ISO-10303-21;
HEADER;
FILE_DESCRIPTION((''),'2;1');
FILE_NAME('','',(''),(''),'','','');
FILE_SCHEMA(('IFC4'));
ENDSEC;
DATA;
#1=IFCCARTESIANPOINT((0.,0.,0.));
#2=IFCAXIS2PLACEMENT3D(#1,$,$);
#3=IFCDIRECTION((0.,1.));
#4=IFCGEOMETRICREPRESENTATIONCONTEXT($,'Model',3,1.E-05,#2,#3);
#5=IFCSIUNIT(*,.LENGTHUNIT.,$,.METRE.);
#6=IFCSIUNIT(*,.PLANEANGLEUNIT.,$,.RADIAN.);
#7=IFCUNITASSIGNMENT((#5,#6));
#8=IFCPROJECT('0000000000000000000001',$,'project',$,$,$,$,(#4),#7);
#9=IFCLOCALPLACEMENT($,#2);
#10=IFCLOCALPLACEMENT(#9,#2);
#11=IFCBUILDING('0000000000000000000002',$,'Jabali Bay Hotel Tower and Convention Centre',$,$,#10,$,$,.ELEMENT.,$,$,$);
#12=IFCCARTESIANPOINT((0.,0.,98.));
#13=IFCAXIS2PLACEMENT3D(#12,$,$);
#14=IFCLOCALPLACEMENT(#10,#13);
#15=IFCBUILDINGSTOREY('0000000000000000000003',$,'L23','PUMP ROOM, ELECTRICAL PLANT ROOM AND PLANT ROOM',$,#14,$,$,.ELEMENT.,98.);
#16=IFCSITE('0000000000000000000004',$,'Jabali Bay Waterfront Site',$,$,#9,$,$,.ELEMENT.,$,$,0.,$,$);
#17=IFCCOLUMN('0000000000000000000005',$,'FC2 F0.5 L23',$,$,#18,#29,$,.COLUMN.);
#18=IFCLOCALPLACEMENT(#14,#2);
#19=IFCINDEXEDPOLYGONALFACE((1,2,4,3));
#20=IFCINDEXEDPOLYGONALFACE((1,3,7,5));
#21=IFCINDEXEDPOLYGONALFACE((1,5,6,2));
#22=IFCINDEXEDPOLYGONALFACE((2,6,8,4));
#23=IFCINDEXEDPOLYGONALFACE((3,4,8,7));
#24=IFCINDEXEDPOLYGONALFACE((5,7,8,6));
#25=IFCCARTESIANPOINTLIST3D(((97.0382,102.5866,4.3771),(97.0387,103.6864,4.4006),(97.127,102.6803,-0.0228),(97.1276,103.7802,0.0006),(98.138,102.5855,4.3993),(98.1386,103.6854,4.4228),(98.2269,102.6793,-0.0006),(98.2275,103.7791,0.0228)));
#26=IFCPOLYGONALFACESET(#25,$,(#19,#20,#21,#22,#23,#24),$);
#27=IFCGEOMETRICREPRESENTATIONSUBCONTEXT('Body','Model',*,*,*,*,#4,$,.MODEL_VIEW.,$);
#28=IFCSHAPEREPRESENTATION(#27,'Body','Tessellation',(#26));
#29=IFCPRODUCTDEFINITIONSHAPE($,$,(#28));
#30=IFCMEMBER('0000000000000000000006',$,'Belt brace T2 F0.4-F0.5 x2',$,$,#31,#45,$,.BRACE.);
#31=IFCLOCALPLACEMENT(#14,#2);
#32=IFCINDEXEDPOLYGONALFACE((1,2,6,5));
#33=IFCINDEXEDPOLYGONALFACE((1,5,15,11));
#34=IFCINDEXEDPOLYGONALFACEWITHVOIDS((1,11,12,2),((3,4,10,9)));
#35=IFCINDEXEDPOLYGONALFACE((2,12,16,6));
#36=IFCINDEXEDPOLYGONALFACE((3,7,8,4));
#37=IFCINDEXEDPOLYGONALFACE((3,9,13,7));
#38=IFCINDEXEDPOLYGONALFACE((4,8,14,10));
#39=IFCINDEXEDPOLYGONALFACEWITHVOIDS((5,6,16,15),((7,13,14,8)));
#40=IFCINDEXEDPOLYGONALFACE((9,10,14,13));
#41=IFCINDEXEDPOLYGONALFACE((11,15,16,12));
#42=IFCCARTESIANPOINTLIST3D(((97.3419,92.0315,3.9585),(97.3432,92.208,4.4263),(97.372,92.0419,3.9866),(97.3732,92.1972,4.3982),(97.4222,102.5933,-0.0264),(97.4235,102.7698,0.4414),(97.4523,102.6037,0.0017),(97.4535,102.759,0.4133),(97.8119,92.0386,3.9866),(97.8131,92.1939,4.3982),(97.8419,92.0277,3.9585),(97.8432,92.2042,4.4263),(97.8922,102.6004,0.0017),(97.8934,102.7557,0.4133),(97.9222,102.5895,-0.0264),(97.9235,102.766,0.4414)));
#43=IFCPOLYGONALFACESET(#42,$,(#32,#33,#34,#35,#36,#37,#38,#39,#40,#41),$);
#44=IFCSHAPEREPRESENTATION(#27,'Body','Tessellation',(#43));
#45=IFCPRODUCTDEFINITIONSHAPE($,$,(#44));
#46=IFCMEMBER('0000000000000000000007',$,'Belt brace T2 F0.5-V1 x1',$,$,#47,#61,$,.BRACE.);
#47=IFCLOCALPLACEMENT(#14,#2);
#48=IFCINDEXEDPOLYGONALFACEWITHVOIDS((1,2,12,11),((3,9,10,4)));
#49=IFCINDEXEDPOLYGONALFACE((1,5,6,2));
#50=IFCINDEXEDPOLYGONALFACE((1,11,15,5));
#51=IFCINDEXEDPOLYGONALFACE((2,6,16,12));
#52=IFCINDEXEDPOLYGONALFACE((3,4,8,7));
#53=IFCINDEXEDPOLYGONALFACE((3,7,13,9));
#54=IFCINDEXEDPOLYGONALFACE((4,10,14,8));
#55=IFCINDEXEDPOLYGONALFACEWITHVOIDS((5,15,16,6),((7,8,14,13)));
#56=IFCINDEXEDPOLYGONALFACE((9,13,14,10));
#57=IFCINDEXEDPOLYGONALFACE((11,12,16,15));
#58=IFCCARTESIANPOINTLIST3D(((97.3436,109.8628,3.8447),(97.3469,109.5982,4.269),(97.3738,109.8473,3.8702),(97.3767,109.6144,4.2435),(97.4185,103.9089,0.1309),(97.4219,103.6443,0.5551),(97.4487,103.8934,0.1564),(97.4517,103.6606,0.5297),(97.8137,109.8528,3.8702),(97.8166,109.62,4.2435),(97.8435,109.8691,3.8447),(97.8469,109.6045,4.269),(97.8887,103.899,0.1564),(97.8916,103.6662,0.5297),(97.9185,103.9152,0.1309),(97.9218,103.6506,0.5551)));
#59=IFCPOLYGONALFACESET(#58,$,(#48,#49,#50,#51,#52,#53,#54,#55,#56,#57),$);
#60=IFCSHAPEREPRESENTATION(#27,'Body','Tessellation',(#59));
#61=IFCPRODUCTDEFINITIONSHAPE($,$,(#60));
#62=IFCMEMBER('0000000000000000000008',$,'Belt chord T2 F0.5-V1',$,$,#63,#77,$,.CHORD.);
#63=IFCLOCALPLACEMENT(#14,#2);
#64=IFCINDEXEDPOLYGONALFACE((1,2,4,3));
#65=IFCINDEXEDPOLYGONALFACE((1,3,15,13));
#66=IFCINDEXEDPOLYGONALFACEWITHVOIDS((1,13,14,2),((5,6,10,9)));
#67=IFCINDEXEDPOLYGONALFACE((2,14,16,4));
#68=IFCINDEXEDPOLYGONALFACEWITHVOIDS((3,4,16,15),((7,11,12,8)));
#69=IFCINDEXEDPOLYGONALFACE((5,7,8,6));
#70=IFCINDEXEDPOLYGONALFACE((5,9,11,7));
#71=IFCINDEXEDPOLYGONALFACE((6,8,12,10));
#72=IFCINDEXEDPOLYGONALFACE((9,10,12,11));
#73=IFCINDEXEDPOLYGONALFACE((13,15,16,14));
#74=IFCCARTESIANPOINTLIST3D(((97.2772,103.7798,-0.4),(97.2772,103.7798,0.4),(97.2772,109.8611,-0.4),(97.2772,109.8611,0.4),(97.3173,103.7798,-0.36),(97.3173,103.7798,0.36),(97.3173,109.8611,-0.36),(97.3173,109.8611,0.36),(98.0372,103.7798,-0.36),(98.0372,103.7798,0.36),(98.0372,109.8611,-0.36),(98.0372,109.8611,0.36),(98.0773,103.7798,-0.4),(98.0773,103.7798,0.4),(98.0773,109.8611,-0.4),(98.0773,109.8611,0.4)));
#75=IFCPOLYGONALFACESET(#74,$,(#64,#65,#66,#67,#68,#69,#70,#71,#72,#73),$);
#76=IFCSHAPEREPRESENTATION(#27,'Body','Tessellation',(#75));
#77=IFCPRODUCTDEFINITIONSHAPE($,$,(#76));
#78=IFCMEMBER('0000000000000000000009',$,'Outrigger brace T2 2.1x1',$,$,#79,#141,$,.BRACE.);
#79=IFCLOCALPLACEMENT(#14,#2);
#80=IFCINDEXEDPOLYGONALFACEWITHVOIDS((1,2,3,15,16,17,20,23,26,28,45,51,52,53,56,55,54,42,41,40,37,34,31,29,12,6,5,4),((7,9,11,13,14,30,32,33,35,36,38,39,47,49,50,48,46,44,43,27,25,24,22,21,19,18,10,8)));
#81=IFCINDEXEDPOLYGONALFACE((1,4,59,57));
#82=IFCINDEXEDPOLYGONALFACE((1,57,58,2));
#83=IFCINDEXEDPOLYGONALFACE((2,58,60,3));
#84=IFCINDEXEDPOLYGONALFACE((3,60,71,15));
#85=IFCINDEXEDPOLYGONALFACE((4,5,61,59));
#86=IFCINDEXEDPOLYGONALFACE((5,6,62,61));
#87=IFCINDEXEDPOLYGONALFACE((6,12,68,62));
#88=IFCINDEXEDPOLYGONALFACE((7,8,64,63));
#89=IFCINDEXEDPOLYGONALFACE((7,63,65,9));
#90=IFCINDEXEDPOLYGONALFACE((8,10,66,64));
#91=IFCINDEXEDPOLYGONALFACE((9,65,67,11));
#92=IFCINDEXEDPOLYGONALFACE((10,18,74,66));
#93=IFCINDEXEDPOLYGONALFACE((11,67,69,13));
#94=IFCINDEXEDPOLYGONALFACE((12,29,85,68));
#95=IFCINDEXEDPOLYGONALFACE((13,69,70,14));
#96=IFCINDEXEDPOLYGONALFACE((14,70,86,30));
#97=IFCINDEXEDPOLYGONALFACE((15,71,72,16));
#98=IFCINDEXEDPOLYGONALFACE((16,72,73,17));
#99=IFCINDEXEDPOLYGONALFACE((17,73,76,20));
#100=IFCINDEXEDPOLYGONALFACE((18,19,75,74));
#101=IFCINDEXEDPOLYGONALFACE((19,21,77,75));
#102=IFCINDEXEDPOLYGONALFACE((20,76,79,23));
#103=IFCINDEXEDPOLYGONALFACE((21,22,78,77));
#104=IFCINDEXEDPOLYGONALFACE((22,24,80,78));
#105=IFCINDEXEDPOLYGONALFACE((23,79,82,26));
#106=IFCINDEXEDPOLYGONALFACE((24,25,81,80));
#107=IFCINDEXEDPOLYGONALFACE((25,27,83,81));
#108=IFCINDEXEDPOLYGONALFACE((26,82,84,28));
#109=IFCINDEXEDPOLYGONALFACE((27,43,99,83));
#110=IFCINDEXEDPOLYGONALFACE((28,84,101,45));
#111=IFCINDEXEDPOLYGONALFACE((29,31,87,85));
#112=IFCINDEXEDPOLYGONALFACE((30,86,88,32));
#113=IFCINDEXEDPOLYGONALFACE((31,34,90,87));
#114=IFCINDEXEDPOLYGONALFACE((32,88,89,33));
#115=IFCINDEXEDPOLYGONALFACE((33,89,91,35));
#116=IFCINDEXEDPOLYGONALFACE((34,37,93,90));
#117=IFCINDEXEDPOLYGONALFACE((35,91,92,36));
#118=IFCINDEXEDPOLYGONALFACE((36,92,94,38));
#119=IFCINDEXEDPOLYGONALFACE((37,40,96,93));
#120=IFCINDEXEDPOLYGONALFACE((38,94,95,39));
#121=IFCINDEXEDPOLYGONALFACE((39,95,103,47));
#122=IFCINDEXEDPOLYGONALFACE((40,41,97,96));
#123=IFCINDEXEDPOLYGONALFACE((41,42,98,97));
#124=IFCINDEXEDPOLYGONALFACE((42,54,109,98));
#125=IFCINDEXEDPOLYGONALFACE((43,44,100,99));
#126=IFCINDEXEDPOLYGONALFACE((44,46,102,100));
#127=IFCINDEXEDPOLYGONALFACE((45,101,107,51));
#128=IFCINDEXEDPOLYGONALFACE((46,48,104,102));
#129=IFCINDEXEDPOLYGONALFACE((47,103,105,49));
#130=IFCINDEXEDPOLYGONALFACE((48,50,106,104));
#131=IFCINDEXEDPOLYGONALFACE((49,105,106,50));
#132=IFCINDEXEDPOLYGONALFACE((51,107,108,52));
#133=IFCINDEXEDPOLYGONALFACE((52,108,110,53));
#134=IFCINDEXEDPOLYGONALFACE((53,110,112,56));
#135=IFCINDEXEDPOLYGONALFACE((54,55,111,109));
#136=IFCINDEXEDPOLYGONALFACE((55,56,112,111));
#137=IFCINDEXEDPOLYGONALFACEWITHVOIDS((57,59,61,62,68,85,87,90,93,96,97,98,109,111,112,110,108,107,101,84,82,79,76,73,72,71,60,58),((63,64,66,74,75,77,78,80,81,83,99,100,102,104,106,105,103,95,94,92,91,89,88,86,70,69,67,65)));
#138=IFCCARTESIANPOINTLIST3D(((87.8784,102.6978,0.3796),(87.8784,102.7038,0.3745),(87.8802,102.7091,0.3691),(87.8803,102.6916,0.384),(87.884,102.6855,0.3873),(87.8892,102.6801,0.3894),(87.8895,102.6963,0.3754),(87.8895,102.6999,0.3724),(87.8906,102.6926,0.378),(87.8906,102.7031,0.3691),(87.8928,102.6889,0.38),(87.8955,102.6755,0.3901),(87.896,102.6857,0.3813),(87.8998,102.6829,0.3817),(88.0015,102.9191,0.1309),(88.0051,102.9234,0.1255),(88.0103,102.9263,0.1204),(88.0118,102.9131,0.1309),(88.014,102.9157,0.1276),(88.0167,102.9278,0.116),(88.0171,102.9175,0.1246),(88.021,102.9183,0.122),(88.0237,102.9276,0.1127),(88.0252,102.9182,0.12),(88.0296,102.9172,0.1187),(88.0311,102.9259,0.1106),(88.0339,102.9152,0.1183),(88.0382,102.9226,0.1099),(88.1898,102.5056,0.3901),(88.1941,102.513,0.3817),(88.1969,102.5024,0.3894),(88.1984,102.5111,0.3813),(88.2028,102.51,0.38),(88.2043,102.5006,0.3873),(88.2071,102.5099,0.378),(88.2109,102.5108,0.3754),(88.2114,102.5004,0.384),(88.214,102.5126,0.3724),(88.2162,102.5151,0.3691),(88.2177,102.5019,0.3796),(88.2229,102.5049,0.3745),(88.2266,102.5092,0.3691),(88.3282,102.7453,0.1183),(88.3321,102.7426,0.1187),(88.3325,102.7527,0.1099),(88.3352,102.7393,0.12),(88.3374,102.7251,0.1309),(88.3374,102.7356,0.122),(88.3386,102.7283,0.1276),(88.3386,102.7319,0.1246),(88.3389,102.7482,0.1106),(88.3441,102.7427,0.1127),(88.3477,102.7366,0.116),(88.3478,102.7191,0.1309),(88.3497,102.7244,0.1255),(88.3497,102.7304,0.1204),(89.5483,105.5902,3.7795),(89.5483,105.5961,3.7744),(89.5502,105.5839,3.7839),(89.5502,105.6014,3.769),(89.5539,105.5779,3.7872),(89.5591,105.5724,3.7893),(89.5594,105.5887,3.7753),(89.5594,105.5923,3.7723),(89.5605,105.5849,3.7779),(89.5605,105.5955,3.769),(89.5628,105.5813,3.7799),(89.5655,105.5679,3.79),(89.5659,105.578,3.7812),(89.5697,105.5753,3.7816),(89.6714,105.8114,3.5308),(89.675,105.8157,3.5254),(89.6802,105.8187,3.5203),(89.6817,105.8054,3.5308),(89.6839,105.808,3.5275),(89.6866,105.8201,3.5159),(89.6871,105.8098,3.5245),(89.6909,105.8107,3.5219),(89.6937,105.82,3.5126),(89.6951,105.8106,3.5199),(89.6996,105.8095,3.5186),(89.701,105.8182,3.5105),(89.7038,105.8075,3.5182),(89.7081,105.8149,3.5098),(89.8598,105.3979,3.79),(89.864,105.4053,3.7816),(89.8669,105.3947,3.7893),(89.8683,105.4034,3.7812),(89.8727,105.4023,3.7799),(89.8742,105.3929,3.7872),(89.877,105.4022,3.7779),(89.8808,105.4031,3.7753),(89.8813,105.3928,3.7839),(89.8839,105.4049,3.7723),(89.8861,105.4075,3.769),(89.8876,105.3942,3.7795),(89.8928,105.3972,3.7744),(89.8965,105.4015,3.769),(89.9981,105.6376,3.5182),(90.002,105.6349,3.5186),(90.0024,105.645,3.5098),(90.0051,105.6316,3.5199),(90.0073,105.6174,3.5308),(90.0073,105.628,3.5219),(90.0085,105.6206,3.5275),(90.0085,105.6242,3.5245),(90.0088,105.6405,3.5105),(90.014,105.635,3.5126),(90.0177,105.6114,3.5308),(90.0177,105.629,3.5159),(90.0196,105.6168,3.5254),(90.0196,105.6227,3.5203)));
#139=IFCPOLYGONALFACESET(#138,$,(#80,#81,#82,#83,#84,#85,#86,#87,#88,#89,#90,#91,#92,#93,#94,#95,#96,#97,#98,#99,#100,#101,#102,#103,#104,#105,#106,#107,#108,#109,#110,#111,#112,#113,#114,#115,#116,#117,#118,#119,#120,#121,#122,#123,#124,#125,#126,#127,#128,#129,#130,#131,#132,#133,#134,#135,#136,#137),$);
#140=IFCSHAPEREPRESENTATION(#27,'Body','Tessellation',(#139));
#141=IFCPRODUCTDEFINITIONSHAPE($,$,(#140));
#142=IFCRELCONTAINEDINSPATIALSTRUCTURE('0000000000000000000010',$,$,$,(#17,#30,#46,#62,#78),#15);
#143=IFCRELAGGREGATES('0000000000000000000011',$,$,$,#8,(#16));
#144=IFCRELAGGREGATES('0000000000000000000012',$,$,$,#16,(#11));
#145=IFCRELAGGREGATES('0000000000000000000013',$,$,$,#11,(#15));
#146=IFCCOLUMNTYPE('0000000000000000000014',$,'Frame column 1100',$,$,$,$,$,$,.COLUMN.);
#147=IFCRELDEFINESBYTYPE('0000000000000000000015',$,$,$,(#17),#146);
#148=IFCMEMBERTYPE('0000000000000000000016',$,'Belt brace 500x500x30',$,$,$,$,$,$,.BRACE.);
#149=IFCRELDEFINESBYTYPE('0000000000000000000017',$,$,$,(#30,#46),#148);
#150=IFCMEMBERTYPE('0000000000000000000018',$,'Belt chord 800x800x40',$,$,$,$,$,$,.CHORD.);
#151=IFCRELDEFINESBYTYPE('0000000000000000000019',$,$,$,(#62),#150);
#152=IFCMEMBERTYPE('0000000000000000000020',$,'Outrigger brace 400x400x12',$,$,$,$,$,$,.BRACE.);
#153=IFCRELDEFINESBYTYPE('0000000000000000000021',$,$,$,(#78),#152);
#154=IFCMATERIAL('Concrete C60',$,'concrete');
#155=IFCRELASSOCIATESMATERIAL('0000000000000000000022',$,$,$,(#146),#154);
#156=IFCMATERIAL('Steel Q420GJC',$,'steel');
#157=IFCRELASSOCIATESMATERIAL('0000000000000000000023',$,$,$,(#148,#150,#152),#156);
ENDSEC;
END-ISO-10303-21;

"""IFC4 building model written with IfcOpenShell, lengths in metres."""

from ifc_helpers import new_model, si_unit, direction, frame, origin, origin_2d, place, context, subcontext, project, spatial, rectangle, hollow_rectangle, extrude, material, material_profile, profile_set, type_object, element, save


model = new_model("IFC4")

# Units and contexts
model_context = context("Model", 3, precision=1e-05, world=origin(), true_north=direction((0.0, 1.0)))
body_context = subcontext(model_context, "Body", "Model", "MODEL_VIEW")
ifc_project = project(units=[si_unit("LENGTHUNIT", "METRE"), si_unit("PLANEANGLEUNIT", "RADIAN")], contexts=[model_context])

# Site, building, storey
site_placement = place(None, origin())
site = spatial("IfcSite", under=ifc_project, at=site_placement, Name="Jabali Bay Waterfront Site", CompositionType="ELEMENT", RefElevation=0.0)
building_placement = place(site_placement, origin())
building = spatial("IfcBuilding", under=site, at=building_placement, Name="Jabali Bay Hotel Tower and Convention Centre", CompositionType="ELEMENT")
storey_placement = place(building_placement, frame((0.0, 0.0, 98.0)))
storey = spatial("IfcBuildingStorey", under=building, at=storey_placement, Name="L23", Description="PUMP ROOM, ELECTRICAL PLANT ROOM AND PLANT ROOM", CompositionType="ELEMENT", Elevation=98.0)

# Column
ifc_material_1 = material(Name="Concrete C60", Category="concrete")
ifc_material_profile_1 = material_profile(ifc_material_1, rectangle(XDim=1.1001, YDim=1.1001, at=origin_2d()), Name="Frame column 1100")
ifc_profile_set_1 = profile_set([ifc_material_profile_1], Name="Concrete C60")
column_type = type_object("IfcColumnType", Name="Frame column 1100", PredefinedType="COLUMN", material=ifc_profile_set_1)
column_placement = place(storey_placement, frame((97.6772, 103.2297, 0.0), z_axis=(-0.020189, -0.021298, 0.999569), x_axis=(0.999796, -0.00095, 0.020173)))
element("IfcColumn", 1, at=column_placement, inside=storey, type_object=column_type, Name="FC2 F0.5 L23", PredefinedType="COLUMN", context=body_context, shape_type="SweptSolid", body=[
    extrude(rectangle(XDim=1.1001, YDim=1.1001, at=origin_2d()), origin(), (0.0, 0.0, 1.0), 4.4019),
])

# Members
ifc_material_2 = material(Name="Steel Q420GJC", Category="steel")
ifc_material_profile_2 = material_profile(ifc_material_2, hollow_rectangle(XDim=0.5, YDim=0.5, WallThickness=0.03, at=origin_2d()), Name="Belt brace 500x500x30")
ifc_profile_set_2 = profile_set([ifc_material_profile_2], Name="Steel Q420GJC")
member_type_1 = type_object("IfcMemberType", Name="Belt brace 500x500x30", PredefinedType="BRACE", material=ifc_profile_set_2)
member_1_placement = place(storey_placement, frame((97.6729, 102.6797, 0.2075), z_axis=(-0.007115, -0.935599, 0.352993), x_axis=(0.999971, -0.007605, 0.0)))
element("IfcMember", 2, at=member_1_placement, inside=storey, type_object=member_type_1, Name="Belt brace T2 F0.4-F0.5 x2", PredefinedType="BRACE", context=body_context, shape_type="SweptSolid", body=[
    extrude(hollow_rectangle(XDim=0.5, YDim=0.5, WallThickness=0.03, at=origin_2d()), origin(), (0.0, 0.0, 1.0), 11.2888),
])
member_2_placement = place(storey_placement, frame((97.6702, 103.7798, 0.343), z_axis=(-0.01068, 0.848417, 0.529221), x_axis=(-0.999921, -0.012588, 0.0)))
element("IfcMember", 3, at=member_2_placement, inside=storey, type_object=member_type_1, Name="Belt brace T2 F0.5-V1 x1", PredefinedType="BRACE", context=body_context, shape_type="SweptSolid", body=[
    extrude(hollow_rectangle(XDim=0.5, YDim=0.5, WallThickness=0.03, at=origin_2d()), origin(), (0.0, 0.0, 1.0), 7.0176),
])
ifc_material_profile_3 = material_profile(ifc_material_2, hollow_rectangle(XDim=0.8, YDim=0.8, WallThickness=0.04, at=origin_2d()), Name="Belt chord 800x800x40")
ifc_profile_set_3 = profile_set([ifc_material_profile_3], Name="Steel Q420GJC")
member_type_2 = type_object("IfcMemberType", Name="Belt chord 800x800x40", PredefinedType="CHORD", material=ifc_profile_set_3)
member_3_placement = place(storey_placement, frame((97.6772, 103.7798, 0.0), z_axis=(0.0, 1.0, 0.0), x_axis=(-1.0, 0.0, 0.0)))
element("IfcMember", 4, at=member_3_placement, inside=storey, type_object=member_type_2, Name="Belt chord T2 F0.5-V1", PredefinedType="CHORD", context=body_context, shape_type="SweptSolid", body=[
    extrude(hollow_rectangle(XDim=0.8, YDim=0.8, WallThickness=0.04, at=origin_2d()), origin(), (0.0, 0.0, 1.0), 6.0813),
])
ifc_material_profile_4 = material_profile(ifc_material_2, hollow_rectangle(XDim=0.3999, YDim=0.3999, WallThickness=0.012, InnerFilletRadius=0.0181, OuterFilletRadius=0.03, at=origin_2d()), Name="Outrigger brace 400x400x12")
ifc_profile_set_4 = profile_set([ifc_material_profile_4], Name="Steel Q420GJC")
member_type_3 = type_object("IfcMemberType", Name="Outrigger brace 400x400x12", PredefinedType="BRACE", material=ifc_profile_set_4)
member_4_placement = place(storey_placement, frame((88.114, 102.7141, 0.25), z_axis=(0.350391, 0.606884, 0.713385), x_axis=(-0.866021, 0.500007, 0.0)))
element("IfcMember", 5, at=member_4_placement, inside=storey, type_object=member_type_3, Name="Outrigger brace T2 2.1x1", PredefinedType="BRACE", context=body_context, shape_type="SweptSolid", body=[
    extrude(hollow_rectangle(XDim=0.3999, YDim=0.3999, WallThickness=0.012, InnerFilletRadius=0.0181, OuterFilletRadius=0.03, at=origin_2d()), origin(), (0.0, 0.0, 1.0), 4.7659),
])

save(model, "model.ifc")
